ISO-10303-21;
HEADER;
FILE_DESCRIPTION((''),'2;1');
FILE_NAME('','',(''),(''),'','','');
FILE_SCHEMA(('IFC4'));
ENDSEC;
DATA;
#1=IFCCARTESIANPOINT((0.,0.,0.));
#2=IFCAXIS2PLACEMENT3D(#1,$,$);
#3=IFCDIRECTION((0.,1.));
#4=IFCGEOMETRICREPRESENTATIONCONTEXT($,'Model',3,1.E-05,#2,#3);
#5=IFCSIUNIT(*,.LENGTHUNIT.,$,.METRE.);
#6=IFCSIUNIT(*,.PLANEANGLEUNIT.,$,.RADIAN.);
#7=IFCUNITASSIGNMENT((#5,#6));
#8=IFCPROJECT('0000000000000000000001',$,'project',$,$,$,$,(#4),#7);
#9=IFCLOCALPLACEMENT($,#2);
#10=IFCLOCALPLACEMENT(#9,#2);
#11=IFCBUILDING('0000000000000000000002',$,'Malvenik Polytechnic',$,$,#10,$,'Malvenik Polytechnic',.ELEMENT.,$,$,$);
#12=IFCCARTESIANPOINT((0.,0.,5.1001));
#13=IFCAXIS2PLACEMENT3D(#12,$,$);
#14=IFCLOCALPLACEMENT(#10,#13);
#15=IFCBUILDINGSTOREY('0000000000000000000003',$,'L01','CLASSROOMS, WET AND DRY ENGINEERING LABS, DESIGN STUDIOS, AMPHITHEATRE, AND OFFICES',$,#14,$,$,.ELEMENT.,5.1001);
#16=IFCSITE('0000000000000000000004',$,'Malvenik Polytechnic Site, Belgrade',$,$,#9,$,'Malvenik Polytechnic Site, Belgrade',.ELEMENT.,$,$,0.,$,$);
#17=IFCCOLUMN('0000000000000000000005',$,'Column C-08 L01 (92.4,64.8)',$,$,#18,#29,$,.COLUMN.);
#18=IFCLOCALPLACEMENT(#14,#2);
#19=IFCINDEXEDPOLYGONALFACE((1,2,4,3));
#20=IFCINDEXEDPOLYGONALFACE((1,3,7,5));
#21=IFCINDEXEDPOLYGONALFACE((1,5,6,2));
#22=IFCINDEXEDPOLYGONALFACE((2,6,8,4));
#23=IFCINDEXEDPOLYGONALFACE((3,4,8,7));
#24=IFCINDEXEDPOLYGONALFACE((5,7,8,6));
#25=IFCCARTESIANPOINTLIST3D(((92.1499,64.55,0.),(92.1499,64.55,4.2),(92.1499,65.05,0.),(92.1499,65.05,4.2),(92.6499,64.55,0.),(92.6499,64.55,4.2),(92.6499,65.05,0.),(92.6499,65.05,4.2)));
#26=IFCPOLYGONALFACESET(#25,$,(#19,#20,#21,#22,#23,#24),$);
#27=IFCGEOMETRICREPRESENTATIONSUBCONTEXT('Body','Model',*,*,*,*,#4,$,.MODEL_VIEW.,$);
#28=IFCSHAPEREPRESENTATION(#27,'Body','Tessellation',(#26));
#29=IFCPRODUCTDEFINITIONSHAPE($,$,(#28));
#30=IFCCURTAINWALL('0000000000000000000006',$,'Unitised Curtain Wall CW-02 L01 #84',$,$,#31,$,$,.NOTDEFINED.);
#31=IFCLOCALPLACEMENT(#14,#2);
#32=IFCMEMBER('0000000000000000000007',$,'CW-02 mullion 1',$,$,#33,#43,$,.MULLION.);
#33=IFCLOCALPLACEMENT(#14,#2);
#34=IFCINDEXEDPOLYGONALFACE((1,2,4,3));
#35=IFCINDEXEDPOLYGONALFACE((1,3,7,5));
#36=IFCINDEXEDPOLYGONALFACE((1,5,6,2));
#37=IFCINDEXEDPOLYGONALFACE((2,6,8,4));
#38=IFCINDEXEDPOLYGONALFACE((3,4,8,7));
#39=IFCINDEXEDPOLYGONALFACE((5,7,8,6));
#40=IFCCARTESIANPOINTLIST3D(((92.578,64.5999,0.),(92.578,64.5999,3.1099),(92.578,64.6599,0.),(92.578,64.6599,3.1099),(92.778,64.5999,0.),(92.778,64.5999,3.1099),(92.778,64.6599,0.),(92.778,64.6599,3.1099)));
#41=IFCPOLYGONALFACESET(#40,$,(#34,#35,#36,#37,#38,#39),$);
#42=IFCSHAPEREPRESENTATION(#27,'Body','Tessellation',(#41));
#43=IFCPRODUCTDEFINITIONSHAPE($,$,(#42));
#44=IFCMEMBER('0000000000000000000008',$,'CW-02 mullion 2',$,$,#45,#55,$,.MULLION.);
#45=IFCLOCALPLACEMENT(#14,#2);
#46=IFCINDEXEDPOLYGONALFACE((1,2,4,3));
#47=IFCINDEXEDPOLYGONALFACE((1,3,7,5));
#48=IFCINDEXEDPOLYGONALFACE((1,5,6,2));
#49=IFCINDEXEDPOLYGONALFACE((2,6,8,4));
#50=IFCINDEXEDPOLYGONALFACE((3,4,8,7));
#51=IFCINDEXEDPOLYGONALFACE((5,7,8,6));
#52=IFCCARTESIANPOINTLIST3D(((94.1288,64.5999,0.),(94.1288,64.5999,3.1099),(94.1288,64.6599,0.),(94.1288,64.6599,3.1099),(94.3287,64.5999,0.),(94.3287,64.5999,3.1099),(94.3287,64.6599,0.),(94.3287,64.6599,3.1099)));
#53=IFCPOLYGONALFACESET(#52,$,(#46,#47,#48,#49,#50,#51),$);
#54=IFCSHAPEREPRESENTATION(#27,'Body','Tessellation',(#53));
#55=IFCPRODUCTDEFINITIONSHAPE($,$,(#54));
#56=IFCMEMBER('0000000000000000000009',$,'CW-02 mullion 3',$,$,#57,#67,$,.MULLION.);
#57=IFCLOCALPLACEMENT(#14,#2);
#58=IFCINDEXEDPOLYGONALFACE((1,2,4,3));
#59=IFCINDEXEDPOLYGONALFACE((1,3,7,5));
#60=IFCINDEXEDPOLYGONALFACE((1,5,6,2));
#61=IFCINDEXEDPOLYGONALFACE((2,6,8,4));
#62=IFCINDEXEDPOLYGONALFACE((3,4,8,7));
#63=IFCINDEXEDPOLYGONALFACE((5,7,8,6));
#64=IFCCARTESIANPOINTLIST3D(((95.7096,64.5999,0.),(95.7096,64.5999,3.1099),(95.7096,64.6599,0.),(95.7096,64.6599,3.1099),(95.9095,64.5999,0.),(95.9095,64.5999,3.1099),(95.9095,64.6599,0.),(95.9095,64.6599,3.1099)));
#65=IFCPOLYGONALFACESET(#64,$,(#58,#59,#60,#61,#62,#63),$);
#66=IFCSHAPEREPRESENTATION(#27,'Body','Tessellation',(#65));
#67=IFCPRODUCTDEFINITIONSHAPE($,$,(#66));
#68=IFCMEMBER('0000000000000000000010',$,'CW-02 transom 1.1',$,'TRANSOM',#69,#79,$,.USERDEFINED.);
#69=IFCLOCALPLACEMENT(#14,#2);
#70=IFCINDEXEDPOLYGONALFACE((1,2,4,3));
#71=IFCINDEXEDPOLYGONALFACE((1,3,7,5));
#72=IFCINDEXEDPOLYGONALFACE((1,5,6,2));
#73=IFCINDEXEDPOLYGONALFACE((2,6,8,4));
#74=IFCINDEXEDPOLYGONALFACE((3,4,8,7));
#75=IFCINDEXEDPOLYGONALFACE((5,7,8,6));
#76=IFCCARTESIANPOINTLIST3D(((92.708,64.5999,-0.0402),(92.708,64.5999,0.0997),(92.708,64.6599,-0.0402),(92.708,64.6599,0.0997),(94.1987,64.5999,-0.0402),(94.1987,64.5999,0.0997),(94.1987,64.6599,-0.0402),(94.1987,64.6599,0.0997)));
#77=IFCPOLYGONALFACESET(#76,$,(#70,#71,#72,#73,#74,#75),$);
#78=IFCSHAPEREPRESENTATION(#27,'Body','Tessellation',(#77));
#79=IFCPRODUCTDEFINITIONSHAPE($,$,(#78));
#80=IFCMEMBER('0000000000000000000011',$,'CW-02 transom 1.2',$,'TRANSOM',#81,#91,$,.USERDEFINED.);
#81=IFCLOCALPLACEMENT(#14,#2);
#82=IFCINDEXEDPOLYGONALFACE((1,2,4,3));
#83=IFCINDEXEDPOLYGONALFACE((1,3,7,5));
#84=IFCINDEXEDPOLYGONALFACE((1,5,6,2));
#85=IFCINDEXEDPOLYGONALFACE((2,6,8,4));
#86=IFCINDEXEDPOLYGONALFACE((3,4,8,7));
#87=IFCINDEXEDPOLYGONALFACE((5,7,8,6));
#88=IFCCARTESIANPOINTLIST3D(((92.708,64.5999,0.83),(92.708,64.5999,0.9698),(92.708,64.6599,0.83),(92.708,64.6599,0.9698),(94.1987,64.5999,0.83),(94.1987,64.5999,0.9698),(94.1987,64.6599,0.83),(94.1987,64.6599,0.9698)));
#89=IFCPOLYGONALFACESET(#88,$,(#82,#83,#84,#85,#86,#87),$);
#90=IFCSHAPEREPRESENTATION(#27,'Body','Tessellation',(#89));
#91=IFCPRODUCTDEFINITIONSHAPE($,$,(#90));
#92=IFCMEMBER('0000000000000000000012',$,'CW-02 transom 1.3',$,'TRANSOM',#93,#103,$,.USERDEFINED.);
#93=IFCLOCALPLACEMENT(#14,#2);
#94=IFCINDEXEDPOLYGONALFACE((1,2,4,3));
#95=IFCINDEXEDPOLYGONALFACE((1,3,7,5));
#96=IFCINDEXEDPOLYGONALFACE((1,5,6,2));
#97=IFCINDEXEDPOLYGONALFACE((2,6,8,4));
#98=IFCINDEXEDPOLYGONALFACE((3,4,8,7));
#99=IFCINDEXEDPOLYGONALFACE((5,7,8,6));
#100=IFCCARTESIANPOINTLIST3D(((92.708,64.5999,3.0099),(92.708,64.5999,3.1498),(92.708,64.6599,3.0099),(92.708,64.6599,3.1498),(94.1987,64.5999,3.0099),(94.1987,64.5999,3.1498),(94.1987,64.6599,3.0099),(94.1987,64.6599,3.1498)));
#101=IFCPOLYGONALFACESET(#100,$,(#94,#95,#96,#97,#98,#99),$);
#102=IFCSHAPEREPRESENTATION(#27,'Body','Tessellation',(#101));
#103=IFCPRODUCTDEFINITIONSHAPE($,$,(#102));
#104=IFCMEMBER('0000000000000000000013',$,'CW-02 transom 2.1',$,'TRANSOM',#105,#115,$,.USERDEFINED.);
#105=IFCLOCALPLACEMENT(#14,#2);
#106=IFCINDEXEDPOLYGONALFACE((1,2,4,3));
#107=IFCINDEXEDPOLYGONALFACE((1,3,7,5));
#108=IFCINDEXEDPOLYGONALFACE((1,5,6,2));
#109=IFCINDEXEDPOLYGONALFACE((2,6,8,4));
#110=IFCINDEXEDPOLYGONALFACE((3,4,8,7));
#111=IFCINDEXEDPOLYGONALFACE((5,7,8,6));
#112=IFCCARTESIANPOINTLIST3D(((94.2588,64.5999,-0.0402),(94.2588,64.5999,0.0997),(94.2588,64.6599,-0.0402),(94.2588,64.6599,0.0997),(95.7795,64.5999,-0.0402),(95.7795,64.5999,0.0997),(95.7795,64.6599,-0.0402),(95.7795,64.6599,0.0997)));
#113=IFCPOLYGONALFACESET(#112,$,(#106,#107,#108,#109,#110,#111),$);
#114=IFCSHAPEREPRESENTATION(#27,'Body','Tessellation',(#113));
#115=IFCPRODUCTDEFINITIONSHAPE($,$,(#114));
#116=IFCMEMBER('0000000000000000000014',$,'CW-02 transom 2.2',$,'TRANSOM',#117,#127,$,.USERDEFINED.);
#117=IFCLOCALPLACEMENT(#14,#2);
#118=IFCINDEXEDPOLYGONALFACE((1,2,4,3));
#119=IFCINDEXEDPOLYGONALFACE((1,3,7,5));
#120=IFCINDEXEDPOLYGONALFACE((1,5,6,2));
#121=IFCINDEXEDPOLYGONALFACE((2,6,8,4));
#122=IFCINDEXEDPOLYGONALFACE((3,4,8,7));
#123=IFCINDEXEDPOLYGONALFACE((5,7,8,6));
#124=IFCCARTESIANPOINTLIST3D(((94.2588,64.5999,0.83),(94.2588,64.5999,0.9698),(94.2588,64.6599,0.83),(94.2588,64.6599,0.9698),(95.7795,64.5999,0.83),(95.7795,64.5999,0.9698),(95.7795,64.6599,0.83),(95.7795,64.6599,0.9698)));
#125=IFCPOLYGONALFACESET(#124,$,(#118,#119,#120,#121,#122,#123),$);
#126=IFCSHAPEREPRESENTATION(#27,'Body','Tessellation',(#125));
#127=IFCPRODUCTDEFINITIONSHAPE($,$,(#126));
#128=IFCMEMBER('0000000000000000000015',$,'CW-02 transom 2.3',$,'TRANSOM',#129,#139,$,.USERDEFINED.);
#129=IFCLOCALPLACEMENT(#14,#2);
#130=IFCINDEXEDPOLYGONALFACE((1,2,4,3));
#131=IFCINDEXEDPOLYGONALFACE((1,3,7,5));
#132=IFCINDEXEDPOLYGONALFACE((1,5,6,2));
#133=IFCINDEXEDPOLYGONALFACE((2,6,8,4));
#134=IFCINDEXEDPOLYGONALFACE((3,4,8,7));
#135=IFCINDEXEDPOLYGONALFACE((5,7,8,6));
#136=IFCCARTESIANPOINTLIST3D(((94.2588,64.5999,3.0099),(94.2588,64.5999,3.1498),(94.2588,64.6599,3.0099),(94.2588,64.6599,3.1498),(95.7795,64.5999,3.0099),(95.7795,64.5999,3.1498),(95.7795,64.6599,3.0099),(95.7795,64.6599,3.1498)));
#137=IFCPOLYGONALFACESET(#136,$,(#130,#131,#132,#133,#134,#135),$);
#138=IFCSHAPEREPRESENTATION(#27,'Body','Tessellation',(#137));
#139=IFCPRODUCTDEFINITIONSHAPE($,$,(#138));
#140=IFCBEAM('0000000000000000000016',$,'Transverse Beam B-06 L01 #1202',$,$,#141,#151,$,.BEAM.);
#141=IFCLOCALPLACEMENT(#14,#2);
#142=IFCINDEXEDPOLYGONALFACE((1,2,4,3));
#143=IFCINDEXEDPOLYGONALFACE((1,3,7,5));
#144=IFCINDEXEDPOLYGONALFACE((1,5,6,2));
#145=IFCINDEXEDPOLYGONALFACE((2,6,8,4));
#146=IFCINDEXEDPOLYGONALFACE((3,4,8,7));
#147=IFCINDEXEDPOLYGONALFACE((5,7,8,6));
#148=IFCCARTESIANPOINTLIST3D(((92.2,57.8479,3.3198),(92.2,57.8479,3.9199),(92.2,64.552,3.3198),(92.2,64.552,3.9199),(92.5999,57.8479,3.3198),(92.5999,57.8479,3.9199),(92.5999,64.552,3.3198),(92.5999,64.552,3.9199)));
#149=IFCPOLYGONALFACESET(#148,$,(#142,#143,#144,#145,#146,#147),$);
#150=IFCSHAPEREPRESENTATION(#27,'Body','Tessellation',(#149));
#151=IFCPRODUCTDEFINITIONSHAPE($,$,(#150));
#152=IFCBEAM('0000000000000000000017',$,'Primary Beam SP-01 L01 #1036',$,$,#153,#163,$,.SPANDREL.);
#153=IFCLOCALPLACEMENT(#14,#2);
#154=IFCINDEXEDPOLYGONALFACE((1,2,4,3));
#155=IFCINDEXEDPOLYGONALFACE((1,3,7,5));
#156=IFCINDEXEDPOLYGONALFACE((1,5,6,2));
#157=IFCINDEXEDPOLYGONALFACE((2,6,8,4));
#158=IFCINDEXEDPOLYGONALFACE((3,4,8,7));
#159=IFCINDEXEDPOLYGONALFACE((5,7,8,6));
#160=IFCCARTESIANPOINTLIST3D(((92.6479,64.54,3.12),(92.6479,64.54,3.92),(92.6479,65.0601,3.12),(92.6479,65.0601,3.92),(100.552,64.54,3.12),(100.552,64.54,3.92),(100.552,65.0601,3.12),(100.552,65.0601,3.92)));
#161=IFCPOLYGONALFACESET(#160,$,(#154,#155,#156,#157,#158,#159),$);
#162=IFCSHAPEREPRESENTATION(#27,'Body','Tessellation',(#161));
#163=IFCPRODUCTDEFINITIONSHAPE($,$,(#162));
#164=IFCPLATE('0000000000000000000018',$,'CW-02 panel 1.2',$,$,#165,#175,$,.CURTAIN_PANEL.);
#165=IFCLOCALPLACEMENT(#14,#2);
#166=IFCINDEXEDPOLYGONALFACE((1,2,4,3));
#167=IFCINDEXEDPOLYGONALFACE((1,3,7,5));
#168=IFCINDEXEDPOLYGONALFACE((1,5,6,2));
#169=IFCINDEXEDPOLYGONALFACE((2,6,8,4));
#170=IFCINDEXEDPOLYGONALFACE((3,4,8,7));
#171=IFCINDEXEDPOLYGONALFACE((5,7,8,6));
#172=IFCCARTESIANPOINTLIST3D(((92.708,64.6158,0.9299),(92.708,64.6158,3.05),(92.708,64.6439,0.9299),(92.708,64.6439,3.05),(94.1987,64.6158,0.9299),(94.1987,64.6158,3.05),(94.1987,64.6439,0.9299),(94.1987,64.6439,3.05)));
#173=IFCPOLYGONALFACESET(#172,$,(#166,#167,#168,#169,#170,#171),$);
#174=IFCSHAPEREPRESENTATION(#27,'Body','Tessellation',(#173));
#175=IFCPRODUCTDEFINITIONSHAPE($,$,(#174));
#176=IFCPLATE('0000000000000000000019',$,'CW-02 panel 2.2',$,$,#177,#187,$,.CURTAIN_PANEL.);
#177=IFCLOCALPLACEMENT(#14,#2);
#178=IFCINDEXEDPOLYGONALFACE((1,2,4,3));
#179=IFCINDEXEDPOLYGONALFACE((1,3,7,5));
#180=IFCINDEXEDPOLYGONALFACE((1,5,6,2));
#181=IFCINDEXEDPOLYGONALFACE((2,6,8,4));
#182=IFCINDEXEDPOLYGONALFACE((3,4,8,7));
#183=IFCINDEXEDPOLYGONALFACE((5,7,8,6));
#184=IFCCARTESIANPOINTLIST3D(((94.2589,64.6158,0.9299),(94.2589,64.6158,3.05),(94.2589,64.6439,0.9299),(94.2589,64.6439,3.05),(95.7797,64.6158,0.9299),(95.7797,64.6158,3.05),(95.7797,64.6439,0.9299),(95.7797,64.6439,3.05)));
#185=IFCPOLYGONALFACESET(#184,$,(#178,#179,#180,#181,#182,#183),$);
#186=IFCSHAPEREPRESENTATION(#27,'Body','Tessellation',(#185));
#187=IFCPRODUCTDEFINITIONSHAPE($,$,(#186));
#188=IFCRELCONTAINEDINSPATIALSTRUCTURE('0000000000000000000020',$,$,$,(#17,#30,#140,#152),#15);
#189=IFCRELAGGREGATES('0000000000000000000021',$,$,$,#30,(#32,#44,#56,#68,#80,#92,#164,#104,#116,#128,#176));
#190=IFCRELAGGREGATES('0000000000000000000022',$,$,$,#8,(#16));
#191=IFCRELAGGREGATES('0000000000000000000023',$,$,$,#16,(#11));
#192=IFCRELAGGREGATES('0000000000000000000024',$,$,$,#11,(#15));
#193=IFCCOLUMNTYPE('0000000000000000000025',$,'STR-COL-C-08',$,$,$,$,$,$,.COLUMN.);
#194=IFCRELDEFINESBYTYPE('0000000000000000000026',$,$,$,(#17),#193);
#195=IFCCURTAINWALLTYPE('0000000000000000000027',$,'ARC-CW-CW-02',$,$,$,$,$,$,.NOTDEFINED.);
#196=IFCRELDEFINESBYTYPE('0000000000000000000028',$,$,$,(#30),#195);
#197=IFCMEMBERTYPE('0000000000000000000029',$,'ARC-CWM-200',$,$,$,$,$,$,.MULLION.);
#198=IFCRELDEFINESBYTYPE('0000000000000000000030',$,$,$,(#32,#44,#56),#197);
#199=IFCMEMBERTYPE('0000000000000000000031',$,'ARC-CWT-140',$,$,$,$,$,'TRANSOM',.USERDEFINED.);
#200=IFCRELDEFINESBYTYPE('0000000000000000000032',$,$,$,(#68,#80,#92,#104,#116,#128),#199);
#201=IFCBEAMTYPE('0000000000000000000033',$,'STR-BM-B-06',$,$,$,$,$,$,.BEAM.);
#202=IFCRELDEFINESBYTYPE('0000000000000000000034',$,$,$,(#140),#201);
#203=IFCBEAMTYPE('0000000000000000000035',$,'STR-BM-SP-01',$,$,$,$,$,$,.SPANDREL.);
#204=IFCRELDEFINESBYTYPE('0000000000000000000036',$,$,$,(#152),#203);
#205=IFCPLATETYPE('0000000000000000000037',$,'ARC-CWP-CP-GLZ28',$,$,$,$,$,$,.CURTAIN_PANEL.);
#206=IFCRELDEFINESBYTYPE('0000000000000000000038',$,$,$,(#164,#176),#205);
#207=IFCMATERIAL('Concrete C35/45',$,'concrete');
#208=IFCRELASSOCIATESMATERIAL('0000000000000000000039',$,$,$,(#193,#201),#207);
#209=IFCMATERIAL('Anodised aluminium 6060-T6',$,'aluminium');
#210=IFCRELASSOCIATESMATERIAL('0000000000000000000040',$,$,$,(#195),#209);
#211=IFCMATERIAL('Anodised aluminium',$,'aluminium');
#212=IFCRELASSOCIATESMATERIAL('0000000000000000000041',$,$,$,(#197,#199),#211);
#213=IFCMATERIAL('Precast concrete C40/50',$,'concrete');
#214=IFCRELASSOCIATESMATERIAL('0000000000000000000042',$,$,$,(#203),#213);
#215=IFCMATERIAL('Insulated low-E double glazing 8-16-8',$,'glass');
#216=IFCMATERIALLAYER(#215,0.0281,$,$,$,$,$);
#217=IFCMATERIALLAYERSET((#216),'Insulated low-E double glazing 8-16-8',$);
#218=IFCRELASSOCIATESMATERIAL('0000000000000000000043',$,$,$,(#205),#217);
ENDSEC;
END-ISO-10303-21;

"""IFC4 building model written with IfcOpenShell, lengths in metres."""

from ifc_helpers import new_model, si_unit, direction, frame, origin, origin_2d, place, context, subcontext, project, spatial, rectangle, extrude, material, layer, layer_set, material_profile, profile_set, type_object, element, aggregate, save


model = new_model("IFC4")

# Units and contexts
model_context = context("Model", 3, precision=1e-05, world=origin(), true_north=direction((0.0, 1.0)))
body_context = subcontext(model_context, "Body", "Model", "MODEL_VIEW")
ifc_project = project(units=[si_unit("LENGTHUNIT", "METRE"), si_unit("PLANEANGLEUNIT", "RADIAN")], contexts=[model_context])

# Site, building, storey
site_placement = place(None, origin())
site = spatial("IfcSite", under=ifc_project, at=site_placement, Name="Malvenik Polytechnic Site, Belgrade", LongName="Malvenik Polytechnic Site, Belgrade", CompositionType="ELEMENT", RefElevation=0.0)
building_placement = place(site_placement, origin())
building = spatial("IfcBuilding", under=site, at=building_placement, Name="Malvenik Polytechnic", LongName="Malvenik Polytechnic", CompositionType="ELEMENT")
storey_placement = place(building_placement, frame((0.0, 0.0, 5.1001)))
storey = spatial("IfcBuildingStorey", under=building, at=storey_placement, Name="L01", Description="CLASSROOMS, WET AND DRY ENGINEERING LABS, DESIGN STUDIOS, AMPHITHEATRE, AND OFFICES", CompositionType="ELEMENT", Elevation=5.1001)

# Column
ifc_material_1 = material(Name="Concrete C35/45", Category="concrete")
ifc_material_profile_1 = material_profile(ifc_material_1, rectangle(XDim=0.5, YDim=0.5, at=origin_2d()), Name="RC COL 500x500")
ifc_profile_set_1 = profile_set([ifc_material_profile_1], Name="Concrete C35/45")
column_type = type_object("IfcColumnType", Name="STR-COL-C-08", PredefinedType="COLUMN", material=ifc_profile_set_1)
column_placement = place(storey_placement, frame((92.3999, 64.8, 0.0), z_axis=(0.0, 0.0, 1.0), x_axis=(1.0, 0.0, 0.0)))
element("IfcColumn", 1, at=column_placement, inside=storey, type_object=column_type, Name="Column C-08 L01 (92.4,64.8)", PredefinedType="COLUMN", context=body_context, shape_type="SweptSolid", body=[
    extrude(rectangle(XDim=0.5, YDim=0.5, at=origin_2d()), origin(), (0.0, 0.0, 1.0), 4.2),
])

# Curtain wall, members
ifc_material_2 = material(Name="Anodised aluminium 6060-T6", Category="aluminium")
curtain_wall_type = type_object("IfcCurtainWallType", Name="ARC-CW-CW-02", PredefinedType="NOTDEFINED", material=ifc_material_2)
curtain_wall_placement = place(storey_placement, origin())
curtain_wall = element("IfcCurtainWall", 2, at=curtain_wall_placement, inside=storey, type_object=curtain_wall_type, Name="Unitised Curtain Wall CW-02 L01 #84", PredefinedType="NOTDEFINED")
ifc_material_3 = material(Name="Anodised aluminium", Category="aluminium")
ifc_material_profile_2 = material_profile(ifc_material_3, rectangle(XDim=0.0601, YDim=0.2, at=origin_2d()), Name="ALU MULLION 60x200")
ifc_profile_set_2 = profile_set([ifc_material_profile_2], Name="Anodised aluminium")
member_type_1 = type_object("IfcMemberType", Name="ARC-CWM-200", PredefinedType="MULLION", material=ifc_profile_set_2)
member_1_placement = place(storey_placement, frame((92.678, 64.6299, 0.0), z_axis=(0.0, 0.0, 1.0), x_axis=(0.0, 1.0, 0.0)))
member_1 = element("IfcMember", 3, at=member_1_placement, type_object=member_type_1, Name="CW-02 mullion 1", PredefinedType="MULLION", context=body_context, shape_type="SweptSolid", body=[
    extrude(rectangle(XDim=0.0601, YDim=0.2, at=origin_2d()), origin(), (0.0, 0.0, 1.0), 3.1099),
])
member_2_placement = place(storey_placement, frame((94.2288, 64.6299, 0.0), z_axis=(0.0, 0.0, 1.0), x_axis=(0.0, 1.0, 0.0)))
member_2 = element("IfcMember", 4, at=member_2_placement, type_object=member_type_1, Name="CW-02 mullion 2", PredefinedType="MULLION", context=body_context, shape_type="SweptSolid", body=[
    extrude(rectangle(XDim=0.0601, YDim=0.2, at=origin_2d()), origin(), (0.0, 0.0, 1.0), 3.1099),
])
member_3_placement = place(storey_placement, frame((95.8096, 64.6299, 0.0), z_axis=(0.0, 0.0, 1.0), x_axis=(0.0, 1.0, 0.0)))
member_3 = element("IfcMember", 5, at=member_3_placement, type_object=member_type_1, Name="CW-02 mullion 3", PredefinedType="MULLION", context=body_context, shape_type="SweptSolid", body=[
    extrude(rectangle(XDim=0.0601, YDim=0.2, at=origin_2d()), origin(), (0.0, 0.0, 1.0), 3.1099),
])
ifc_material_profile_3 = material_profile(ifc_material_3, rectangle(XDim=0.0601, YDim=0.1399, at=origin_2d()), Name="ALU TRANSOM 60x140")
ifc_profile_set_3 = profile_set([ifc_material_profile_3], Name="Anodised aluminium")
member_type_2 = type_object("IfcMemberType", Name="ARC-CWT-140", ElementType="TRANSOM", PredefinedType="USERDEFINED", material=ifc_profile_set_3)
member_4_placement = place(storey_placement, frame((92.708, 64.6299, 0.0298), z_axis=(1.0, 0.0, 0.0), x_axis=(0.0, 1.0, 0.0)))
member_4 = element("IfcMember", 6, at=member_4_placement, type_object=member_type_2, Name="CW-02 transom 1.1", ObjectType="TRANSOM", PredefinedType="USERDEFINED", context=body_context, shape_type="SweptSolid", body=[
    extrude(rectangle(XDim=0.0601, YDim=0.1399, at=origin_2d()), origin(), (0.0, 0.0, 1.0), 1.4907),
])
member_5_placement = place(storey_placement, frame((92.708, 64.6299, 0.8999), z_axis=(1.0, 0.0, 0.0), x_axis=(0.0, 1.0, 0.0)))
member_5 = element("IfcMember", 7, at=member_5_placement, type_object=member_type_2, Name="CW-02 transom 1.2", ObjectType="TRANSOM", PredefinedType="USERDEFINED", context=body_context, shape_type="SweptSolid", body=[
    extrude(rectangle(XDim=0.0601, YDim=0.1399, at=origin_2d()), origin(), (0.0, 0.0, 1.0), 1.4907),
])
member_6_placement = place(storey_placement, frame((92.708, 64.6299, 3.0798), z_axis=(1.0, 0.0, 0.0), x_axis=(0.0, 1.0, 0.0)))
member_6 = element("IfcMember", 8, at=member_6_placement, type_object=member_type_2, Name="CW-02 transom 1.3", ObjectType="TRANSOM", PredefinedType="USERDEFINED", context=body_context, shape_type="SweptSolid", body=[
    extrude(rectangle(XDim=0.0601, YDim=0.1399, at=origin_2d()), origin(), (0.0, 0.0, 1.0), 1.4907),
])
member_7_placement = place(storey_placement, frame((94.2588, 64.6299, 0.0298), z_axis=(1.0, 0.0, 0.0), x_axis=(0.0, 1.0, 0.0)))
member_7 = element("IfcMember", 9, at=member_7_placement, type_object=member_type_2, Name="CW-02 transom 2.1", ObjectType="TRANSOM", PredefinedType="USERDEFINED", context=body_context, shape_type="SweptSolid", body=[
    extrude(rectangle(XDim=0.0601, YDim=0.1399, at=origin_2d()), origin(), (0.0, 0.0, 1.0), 1.5208),
])
member_8_placement = place(storey_placement, frame((94.2588, 64.6299, 0.8999), z_axis=(1.0, 0.0, 0.0), x_axis=(0.0, 1.0, 0.0)))
member_8 = element("IfcMember", 10, at=member_8_placement, type_object=member_type_2, Name="CW-02 transom 2.2", ObjectType="TRANSOM", PredefinedType="USERDEFINED", context=body_context, shape_type="SweptSolid", body=[
    extrude(rectangle(XDim=0.0601, YDim=0.1399, at=origin_2d()), origin(), (0.0, 0.0, 1.0), 1.5208),
])
member_9_placement = place(storey_placement, frame((94.2588, 64.6299, 3.0798), z_axis=(1.0, 0.0, 0.0), x_axis=(0.0, 1.0, 0.0)))
member_9 = element("IfcMember", 11, at=member_9_placement, type_object=member_type_2, Name="CW-02 transom 2.3", ObjectType="TRANSOM", PredefinedType="USERDEFINED", context=body_context, shape_type="SweptSolid", body=[
    extrude(rectangle(XDim=0.0601, YDim=0.1399, at=origin_2d()), origin(), (0.0, 0.0, 1.0), 1.5208),
])

# Beams
ifc_material_profile_4 = material_profile(ifc_material_1, rectangle(XDim=0.3999, YDim=0.6001, at=origin_2d()), Name="RC BM 400x600")
ifc_profile_set_4 = profile_set([ifc_material_profile_4], Name="Concrete C35/45")
beam_type_1 = type_object("IfcBeamType", Name="STR-BM-B-06", PredefinedType="BEAM", material=ifc_profile_set_4)
beam_1_placement = place(storey_placement, frame((92.3999, 57.8479, 3.6199), z_axis=(0.0, 1.0, 0.0), x_axis=(-1.0, 0.0, 0.0)))
element("IfcBeam", 12, at=beam_1_placement, inside=storey, type_object=beam_type_1, Name="Transverse Beam B-06 L01 #1202", PredefinedType="BEAM", context=body_context, shape_type="SweptSolid", body=[
    extrude(rectangle(XDim=0.3999, YDim=0.6001, at=origin_2d()), origin(), (0.0, 0.0, 1.0), 6.7041),
])
ifc_material_4 = material(Name="Precast concrete C40/50", Category="concrete")
ifc_material_profile_5 = material_profile(ifc_material_4, rectangle(XDim=0.52, YDim=0.8, at=origin_2d()), Name="PC SPN 520x800")
ifc_profile_set_5 = profile_set([ifc_material_profile_5], Name="Precast concrete C40/50")
beam_type_2 = type_object("IfcBeamType", Name="STR-BM-SP-01", PredefinedType="SPANDREL", material=ifc_profile_set_5)
beam_2_placement = place(storey_placement, frame((92.6479, 64.8, 3.52), z_axis=(1.0, 0.0, 0.0), x_axis=(0.0, 1.0, 0.0)))
element("IfcBeam", 13, at=beam_2_placement, inside=storey, type_object=beam_type_2, Name="Primary Beam SP-01 L01 #1036", PredefinedType="SPANDREL", context=body_context, shape_type="SweptSolid", body=[
    extrude(rectangle(XDim=0.52, YDim=0.8, at=origin_2d()), origin(), (0.0, 0.0, 1.0), 7.9041),
])

# Plates
ifc_material_5 = material(Name="Insulated low-E double glazing 8-16-8", Category="glass")
ifc_layer_1 = layer(ifc_material_5, 0.0281)
ifc_layer_set_1 = layer_set([ifc_layer_1], Name="Insulated low-E double glazing 8-16-8")
plate_type_1 = type_object("IfcPlateType", Name="ARC-CWP-CP-GLZ28", PredefinedType="CURTAIN_PANEL", material=ifc_layer_set_1)
plate_1_placement = place(storey_placement, frame((93.4534, 64.6299, 0.9299), z_axis=(0.0, 0.0, 1.0), x_axis=(1.0, 0.0, 0.0)))
plate_1 = element("IfcPlate", 14, at=plate_1_placement, type_object=plate_type_1, Name="CW-02 panel 1.2", PredefinedType="CURTAIN_PANEL", context=body_context, shape_type="SweptSolid", body=[
    extrude(rectangle(XDim=1.4907, YDim=0.0281, at=origin_2d()), origin(), (0.0, 0.0, 1.0), 2.1201),
])
plate_2_placement = place(storey_placement, frame((95.0193, 64.6299, 0.9299), z_axis=(0.0, 0.0, 1.0), x_axis=(1.0, 0.0, 0.0)))
plate_2 = element("IfcPlate", 15, at=plate_2_placement, type_object=plate_type_1, Name="CW-02 panel 2.2", PredefinedType="CURTAIN_PANEL", context=body_context, shape_type="SweptSolid", body=[
    extrude(rectangle(XDim=1.5208, YDim=0.0281, at=origin_2d()), origin(), (0.0, 0.0, 1.0), 2.1201),
])
aggregate(curtain_wall, [member_1, member_2, member_3, member_4, member_5, member_6, plate_1, member_7, member_8, member_9, plate_2])

save(model, "model.ifc")
